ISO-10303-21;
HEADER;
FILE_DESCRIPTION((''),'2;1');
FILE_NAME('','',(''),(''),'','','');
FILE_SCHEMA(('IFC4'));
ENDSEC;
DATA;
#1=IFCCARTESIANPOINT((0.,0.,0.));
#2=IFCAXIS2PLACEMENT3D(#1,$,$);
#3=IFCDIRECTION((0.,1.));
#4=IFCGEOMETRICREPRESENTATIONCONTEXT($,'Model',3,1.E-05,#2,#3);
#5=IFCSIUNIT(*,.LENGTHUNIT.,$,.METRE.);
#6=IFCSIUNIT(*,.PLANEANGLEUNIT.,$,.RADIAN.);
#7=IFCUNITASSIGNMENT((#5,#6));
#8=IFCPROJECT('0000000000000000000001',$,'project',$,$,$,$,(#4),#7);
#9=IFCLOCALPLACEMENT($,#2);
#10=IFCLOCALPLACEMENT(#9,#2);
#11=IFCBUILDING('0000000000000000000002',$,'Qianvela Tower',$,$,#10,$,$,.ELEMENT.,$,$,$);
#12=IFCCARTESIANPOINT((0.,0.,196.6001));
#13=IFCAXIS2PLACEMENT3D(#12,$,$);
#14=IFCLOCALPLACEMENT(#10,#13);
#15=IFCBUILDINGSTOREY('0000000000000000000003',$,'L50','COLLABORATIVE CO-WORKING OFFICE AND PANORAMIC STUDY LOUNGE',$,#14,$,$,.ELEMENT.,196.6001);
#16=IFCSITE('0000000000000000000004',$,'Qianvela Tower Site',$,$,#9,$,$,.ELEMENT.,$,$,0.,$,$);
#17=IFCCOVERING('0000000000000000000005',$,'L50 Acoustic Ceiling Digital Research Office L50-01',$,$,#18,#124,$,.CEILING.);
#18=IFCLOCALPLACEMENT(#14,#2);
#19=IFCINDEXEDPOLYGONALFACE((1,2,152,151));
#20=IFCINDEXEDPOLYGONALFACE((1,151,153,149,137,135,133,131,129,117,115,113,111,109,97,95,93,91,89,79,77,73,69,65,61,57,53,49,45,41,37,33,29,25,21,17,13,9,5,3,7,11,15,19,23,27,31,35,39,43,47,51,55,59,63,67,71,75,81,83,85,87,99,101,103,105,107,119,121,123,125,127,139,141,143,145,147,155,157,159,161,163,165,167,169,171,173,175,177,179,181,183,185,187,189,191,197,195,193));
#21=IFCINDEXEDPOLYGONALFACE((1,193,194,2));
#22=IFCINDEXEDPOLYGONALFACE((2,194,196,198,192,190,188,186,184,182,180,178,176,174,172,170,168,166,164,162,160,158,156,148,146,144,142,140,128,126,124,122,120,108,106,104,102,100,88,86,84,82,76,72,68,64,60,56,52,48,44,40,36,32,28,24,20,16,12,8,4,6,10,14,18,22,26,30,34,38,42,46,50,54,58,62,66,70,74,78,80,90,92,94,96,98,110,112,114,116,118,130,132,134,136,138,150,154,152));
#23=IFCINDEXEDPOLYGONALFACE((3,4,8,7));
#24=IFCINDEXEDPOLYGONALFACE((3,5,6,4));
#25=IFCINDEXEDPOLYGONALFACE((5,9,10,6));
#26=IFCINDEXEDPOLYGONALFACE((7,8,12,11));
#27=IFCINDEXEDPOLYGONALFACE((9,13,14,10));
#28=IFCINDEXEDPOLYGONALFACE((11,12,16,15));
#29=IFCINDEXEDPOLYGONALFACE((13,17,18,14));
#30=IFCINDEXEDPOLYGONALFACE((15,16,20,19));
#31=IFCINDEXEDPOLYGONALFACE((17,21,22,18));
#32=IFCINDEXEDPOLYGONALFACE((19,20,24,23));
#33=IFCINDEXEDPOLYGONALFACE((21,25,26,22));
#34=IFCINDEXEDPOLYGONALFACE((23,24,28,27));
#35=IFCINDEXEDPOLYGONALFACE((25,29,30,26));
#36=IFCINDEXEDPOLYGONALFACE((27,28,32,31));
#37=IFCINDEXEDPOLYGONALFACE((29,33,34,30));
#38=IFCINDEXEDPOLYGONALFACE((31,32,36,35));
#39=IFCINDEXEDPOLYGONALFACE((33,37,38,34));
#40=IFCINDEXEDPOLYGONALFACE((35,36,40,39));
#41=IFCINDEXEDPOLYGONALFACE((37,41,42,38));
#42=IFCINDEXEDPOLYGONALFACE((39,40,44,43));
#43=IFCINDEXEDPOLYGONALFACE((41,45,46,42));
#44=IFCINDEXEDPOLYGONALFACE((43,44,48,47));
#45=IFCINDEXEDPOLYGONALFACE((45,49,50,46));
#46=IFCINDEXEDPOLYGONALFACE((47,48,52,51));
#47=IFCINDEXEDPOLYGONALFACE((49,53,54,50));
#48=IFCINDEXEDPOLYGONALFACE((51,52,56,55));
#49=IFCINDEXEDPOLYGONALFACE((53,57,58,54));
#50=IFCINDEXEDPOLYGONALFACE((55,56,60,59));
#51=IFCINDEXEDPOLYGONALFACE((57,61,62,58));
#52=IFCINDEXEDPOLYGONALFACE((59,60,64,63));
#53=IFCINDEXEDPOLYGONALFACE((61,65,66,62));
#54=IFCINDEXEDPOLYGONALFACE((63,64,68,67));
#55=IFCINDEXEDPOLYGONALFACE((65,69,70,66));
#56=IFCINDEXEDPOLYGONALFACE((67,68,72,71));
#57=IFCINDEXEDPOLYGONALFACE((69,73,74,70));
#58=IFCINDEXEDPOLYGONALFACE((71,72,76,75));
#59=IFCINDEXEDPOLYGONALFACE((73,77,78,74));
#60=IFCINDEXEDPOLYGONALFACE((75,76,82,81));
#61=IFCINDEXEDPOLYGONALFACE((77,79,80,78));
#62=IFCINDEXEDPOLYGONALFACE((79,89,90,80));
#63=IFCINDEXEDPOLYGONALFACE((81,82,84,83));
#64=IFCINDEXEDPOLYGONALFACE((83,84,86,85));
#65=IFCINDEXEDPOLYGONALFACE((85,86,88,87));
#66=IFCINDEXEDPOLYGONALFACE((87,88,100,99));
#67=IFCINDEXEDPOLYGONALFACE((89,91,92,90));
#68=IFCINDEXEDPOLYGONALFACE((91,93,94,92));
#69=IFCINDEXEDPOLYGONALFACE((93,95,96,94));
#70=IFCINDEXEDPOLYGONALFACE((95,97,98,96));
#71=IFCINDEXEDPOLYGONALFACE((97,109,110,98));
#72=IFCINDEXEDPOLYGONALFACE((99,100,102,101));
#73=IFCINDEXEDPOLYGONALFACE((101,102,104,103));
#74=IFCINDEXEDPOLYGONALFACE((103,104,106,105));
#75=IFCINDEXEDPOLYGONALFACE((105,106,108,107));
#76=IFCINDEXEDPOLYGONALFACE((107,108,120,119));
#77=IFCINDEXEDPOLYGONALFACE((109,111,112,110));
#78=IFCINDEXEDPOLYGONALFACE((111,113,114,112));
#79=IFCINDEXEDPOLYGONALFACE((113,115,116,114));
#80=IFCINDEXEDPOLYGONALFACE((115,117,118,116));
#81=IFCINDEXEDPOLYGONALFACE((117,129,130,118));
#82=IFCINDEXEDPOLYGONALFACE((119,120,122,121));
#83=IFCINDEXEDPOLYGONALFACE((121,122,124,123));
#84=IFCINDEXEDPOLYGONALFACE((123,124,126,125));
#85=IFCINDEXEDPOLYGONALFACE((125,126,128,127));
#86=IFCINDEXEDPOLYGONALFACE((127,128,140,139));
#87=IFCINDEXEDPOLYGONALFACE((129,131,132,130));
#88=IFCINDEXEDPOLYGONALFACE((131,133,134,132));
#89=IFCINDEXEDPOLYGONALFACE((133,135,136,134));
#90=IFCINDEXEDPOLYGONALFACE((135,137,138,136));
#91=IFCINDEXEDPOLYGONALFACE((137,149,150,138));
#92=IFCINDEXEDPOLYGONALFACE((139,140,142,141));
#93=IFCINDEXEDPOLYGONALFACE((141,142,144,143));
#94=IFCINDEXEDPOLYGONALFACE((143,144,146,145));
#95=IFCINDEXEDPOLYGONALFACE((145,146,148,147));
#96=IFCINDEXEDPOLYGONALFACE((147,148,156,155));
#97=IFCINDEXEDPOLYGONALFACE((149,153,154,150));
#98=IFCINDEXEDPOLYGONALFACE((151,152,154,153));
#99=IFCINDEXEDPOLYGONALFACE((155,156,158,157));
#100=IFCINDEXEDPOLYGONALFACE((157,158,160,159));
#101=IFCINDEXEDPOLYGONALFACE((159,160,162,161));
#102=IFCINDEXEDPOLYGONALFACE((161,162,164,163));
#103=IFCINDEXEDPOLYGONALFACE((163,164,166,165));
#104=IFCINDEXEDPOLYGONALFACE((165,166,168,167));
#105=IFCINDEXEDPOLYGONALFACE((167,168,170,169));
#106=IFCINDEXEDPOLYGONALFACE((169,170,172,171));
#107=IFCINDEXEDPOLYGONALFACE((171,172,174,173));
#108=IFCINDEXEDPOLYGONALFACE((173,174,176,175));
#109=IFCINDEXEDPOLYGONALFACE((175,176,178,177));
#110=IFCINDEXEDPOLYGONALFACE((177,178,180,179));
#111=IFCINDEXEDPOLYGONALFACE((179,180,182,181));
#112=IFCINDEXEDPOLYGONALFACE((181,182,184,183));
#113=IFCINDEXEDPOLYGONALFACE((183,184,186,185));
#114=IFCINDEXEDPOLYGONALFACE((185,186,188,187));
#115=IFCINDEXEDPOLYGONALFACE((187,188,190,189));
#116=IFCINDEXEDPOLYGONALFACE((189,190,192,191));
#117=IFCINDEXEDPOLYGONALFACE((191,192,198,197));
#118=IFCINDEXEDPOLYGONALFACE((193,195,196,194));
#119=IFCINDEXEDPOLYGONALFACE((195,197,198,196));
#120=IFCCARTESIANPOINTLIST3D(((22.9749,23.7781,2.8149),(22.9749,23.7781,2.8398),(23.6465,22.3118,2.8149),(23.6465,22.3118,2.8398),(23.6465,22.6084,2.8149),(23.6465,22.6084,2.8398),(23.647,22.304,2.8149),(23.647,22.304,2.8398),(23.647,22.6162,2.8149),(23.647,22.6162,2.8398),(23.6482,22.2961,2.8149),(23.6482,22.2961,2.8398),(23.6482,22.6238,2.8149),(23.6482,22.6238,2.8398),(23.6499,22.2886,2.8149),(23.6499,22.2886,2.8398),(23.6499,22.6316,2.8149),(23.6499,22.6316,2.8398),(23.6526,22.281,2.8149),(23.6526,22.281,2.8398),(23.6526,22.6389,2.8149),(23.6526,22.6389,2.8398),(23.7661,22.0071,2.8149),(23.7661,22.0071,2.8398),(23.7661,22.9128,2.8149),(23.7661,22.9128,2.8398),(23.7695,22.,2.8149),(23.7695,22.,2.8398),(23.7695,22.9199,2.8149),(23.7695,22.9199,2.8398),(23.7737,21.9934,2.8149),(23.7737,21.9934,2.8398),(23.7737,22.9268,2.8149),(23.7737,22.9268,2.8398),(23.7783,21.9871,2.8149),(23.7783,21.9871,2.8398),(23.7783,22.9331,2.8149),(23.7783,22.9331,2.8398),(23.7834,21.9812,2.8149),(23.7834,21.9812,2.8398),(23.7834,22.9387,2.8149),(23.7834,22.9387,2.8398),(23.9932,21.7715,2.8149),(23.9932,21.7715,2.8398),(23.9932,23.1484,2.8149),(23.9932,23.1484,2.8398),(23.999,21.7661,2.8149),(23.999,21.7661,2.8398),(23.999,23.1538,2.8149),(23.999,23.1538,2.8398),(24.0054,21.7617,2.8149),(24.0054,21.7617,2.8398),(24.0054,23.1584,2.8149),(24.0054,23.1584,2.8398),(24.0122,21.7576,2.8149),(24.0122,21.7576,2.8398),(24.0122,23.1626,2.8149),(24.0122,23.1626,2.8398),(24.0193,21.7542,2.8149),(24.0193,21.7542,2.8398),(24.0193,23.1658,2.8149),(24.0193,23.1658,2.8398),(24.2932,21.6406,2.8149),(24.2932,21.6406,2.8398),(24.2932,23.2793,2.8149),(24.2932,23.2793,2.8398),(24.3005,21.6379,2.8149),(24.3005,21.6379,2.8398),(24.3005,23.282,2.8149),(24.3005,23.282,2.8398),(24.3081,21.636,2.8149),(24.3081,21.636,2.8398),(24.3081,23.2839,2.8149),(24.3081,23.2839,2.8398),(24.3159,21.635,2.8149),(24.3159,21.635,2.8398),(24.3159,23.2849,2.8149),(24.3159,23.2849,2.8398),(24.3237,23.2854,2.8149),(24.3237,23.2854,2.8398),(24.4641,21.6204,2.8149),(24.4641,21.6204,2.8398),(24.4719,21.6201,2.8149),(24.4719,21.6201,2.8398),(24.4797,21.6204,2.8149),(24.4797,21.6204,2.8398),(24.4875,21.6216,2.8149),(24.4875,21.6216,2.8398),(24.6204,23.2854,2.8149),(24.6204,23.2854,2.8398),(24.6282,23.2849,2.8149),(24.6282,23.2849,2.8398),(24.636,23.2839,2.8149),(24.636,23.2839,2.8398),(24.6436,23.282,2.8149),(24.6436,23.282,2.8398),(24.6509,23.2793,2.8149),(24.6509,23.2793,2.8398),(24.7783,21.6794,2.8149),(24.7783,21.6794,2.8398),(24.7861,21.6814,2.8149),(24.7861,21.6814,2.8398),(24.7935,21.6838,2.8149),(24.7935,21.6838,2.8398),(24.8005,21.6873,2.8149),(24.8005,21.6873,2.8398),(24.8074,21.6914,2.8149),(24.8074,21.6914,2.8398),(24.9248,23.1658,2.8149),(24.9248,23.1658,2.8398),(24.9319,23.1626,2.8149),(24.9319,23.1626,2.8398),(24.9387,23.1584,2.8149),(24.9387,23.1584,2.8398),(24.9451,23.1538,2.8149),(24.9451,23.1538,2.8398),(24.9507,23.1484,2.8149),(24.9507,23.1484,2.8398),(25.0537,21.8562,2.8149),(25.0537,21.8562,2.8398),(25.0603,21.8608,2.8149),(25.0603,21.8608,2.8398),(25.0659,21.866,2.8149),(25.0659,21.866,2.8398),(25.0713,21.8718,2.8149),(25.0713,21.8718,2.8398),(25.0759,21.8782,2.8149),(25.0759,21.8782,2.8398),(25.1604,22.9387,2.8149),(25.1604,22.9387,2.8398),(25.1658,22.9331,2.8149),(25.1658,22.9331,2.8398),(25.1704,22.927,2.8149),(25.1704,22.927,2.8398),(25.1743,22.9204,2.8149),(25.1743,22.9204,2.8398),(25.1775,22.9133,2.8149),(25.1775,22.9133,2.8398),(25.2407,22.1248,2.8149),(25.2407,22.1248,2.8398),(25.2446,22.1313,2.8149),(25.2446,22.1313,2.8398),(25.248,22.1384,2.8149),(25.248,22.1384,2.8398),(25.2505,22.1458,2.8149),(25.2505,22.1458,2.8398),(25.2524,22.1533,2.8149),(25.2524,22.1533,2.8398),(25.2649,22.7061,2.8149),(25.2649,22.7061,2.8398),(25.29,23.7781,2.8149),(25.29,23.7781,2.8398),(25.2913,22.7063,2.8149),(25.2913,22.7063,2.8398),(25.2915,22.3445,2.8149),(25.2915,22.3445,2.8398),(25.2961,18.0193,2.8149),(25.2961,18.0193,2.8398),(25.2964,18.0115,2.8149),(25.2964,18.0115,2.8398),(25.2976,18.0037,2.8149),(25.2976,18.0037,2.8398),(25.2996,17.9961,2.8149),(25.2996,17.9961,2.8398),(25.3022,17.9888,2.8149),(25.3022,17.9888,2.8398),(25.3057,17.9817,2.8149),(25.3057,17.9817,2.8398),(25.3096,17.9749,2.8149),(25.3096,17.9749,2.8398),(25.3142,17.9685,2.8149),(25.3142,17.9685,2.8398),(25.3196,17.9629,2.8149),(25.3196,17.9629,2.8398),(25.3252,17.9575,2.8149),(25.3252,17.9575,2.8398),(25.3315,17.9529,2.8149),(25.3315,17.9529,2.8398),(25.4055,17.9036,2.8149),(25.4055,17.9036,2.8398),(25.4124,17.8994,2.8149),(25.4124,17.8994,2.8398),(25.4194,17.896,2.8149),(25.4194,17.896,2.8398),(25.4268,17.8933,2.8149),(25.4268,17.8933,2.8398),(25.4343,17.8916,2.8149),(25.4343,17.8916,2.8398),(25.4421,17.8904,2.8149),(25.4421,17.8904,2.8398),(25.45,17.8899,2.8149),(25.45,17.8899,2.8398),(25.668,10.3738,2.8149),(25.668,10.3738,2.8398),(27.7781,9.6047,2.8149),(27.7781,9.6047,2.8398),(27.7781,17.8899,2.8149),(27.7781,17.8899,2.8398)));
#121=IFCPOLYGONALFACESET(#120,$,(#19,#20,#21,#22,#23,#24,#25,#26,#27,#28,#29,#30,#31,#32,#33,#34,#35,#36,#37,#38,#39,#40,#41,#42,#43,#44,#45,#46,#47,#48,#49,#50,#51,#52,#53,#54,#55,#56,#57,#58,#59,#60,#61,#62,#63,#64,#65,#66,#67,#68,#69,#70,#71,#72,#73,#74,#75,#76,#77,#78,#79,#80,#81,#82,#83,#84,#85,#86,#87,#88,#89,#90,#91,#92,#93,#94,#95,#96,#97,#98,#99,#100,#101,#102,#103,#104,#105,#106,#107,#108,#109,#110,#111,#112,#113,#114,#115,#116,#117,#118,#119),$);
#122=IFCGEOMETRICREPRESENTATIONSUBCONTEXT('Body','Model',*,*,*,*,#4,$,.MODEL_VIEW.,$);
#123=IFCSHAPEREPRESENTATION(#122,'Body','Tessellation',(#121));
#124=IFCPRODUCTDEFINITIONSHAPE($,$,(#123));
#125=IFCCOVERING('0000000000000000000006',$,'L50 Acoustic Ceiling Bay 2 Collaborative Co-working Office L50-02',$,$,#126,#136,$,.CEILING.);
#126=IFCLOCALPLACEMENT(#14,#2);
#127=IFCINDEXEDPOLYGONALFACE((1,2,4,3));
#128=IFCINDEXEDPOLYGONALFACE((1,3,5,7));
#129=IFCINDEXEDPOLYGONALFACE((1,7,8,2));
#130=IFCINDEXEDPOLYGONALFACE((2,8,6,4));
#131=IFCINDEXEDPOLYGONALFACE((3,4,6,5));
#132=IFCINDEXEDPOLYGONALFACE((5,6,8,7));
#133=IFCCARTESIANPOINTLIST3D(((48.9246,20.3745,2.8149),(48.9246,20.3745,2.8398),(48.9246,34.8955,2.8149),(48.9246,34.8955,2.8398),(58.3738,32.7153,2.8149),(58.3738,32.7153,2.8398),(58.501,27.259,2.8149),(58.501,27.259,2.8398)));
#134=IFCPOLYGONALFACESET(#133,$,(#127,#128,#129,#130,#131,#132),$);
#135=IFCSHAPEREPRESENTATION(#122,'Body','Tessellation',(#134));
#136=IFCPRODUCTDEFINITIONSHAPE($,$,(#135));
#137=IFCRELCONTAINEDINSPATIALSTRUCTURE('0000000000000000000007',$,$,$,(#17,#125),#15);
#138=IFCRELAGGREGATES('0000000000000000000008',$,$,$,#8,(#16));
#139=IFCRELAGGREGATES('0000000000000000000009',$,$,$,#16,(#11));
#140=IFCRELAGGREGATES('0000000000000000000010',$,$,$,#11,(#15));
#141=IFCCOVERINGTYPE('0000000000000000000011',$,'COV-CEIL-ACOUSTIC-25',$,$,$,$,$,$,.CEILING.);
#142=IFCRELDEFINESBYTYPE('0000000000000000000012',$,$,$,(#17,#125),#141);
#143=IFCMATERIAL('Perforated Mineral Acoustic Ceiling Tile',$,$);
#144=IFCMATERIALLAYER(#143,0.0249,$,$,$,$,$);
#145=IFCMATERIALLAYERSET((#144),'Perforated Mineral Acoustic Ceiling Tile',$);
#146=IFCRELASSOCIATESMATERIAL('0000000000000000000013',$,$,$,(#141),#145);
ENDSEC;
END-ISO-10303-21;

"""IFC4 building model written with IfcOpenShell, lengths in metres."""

from ifc_helpers import new_model, si_unit, direction, frame, origin, place, context, subcontext, project, spatial, polyline, outline, extrude, material, layer, layer_set, type_object, element, save


model = new_model("IFC4")

# Units and contexts
model_context = context("Model", 3, precision=1e-05, world=origin(), true_north=direction((0.0, 1.0)))
body_context = subcontext(model_context, "Body", "Model", "MODEL_VIEW")
ifc_project = project(units=[si_unit("LENGTHUNIT", "METRE"), si_unit("PLANEANGLEUNIT", "RADIAN")], contexts=[model_context])

# Site, building, storey
site_placement = place(None, origin())
site = spatial("IfcSite", under=ifc_project, at=site_placement, Name="Qianvela Tower Site", CompositionType="ELEMENT", RefElevation=0.0)
building_placement = place(site_placement, origin())
building = spatial("IfcBuilding", under=site, at=building_placement, Name="Qianvela Tower", CompositionType="ELEMENT")
storey_placement = place(building_placement, frame((0.0, 0.0, 196.6001)))
storey = spatial("IfcBuildingStorey", under=building, at=storey_placement, Name="L50", Description="COLLABORATIVE CO-WORKING OFFICE AND PANORAMIC STUDY LOUNGE", CompositionType="ELEMENT", Elevation=196.6001)

# Coverings
ifc_material_1 = material(Name="Perforated Mineral Acoustic Ceiling Tile")
ifc_layer_1 = layer(ifc_material_1, 0.0249)
ifc_layer_set_1 = layer_set([ifc_layer_1], Name="Perforated Mineral Acoustic Ceiling Tile")
covering_type_1 = type_object("IfcCoveringType", Name="COV-CEIL-ACOUSTIC-25", PredefinedType="CEILING", material=ifc_layer_set_1)
covering_1_placement = place(storey_placement, frame((0.0, 0.0, 2.8149)))
element("IfcCovering", 1, at=covering_1_placement, inside=storey, type_object=covering_type_1, Name="L50 Acoustic Ceiling Digital Research Office L50-01", PredefinedType="CEILING", context=body_context, shape_type="SweptSolid", body=[
    extrude(outline(polyline([(25.2913, 22.7063), (25.2649, 22.7061), (25.1775, 22.9133), (25.1743, 22.9204), (25.1704, 22.927), (25.1658, 22.9331), (25.1604, 22.9387), (24.9507, 23.1484), (24.9451, 23.1538), (24.9387, 23.1584), (24.9319, 23.1626), (24.9248, 23.1658), (24.6509, 23.2793), (24.6436, 23.282), (24.636, 23.2839), (24.6282, 23.2849), (24.6204, 23.2854), (24.3237, 23.2854), (24.3159, 23.2849), (24.3081, 23.2839), (24.3005, 23.282), (24.2932, 23.2793), (24.0193, 23.1658), (24.0122, 23.1626), (24.0054, 23.1584), (23.999, 23.1538), (23.9932, 23.1484), (23.7834, 22.9387), (23.7783, 22.9331), (23.7737, 22.9268), (23.7695, 22.9199), (23.7661, 22.9128), (23.6526, 22.6389), (23.6499, 22.6316), (23.6482, 22.6238), (23.647, 22.6162), (23.6465, 22.6084), (23.6465, 22.3118), (23.647, 22.304), (23.6482, 22.2961), (23.6499, 22.2886), (23.6526, 22.281), (23.7661, 22.0071), (23.7695, 22.0), (23.7737, 21.9934), (23.7783, 21.9871), (23.7834, 21.9812), (23.9932, 21.7715), (23.999, 21.7661), (24.0054, 21.7617), (24.0122, 21.7576), (24.0193, 21.7542), (24.2932, 21.6406), (24.3005, 21.6379), (24.3081, 21.636), (24.3159, 21.635), (24.4641, 21.6204), (24.4719, 21.6201), (24.4797, 21.6204), (24.4875, 21.6216), (24.7783, 21.6794), (24.7861, 21.6814), (24.7935, 21.6838), (24.8005, 21.6873), (24.8074, 21.6914), (25.0537, 21.8562), (25.0603, 21.8608), (25.0659, 21.866), (25.0713, 21.8718), (25.0759, 21.8782), (25.2407, 22.1248), (25.2446, 22.1313), (25.248, 22.1384), (25.2505, 22.1458), (25.2524, 22.1533), (25.2915, 22.3445), (25.2961, 18.0193), (25.2964, 18.0115), (25.2976, 18.0037), (25.2996, 17.9961), (25.3022, 17.9888), (25.3057, 17.9817), (25.3096, 17.9749), (25.3142, 17.9685), (25.3196, 17.9629), (25.3252, 17.9575), (25.3315, 17.9529), (25.4055, 17.9036), (25.4124, 17.8994), (25.4194, 17.896), (25.4268, 17.8933), (25.4343, 17.8916), (25.4421, 17.8904), (25.45, 17.8899), (27.7781, 17.8899), (27.7781, 9.6047), (25.668, 10.3738), (22.9749, 23.7781), (25.29, 23.7781), (25.2913, 22.7063)])), origin(), (0.0, 0.0, 1.0), 0.0249),
])
covering_2_placement = place(storey_placement, frame((0.0, 0.0, 2.8149)))
element("IfcCovering", 2, at=covering_2_placement, inside=storey, type_object=covering_type_1, Name="L50 Acoustic Ceiling Bay 2 Collaborative Co-working Office L50-02", PredefinedType="CEILING", context=body_context, shape_type="SweptSolid", body=[
    extrude(outline(polyline([(58.3738, 32.7153), (58.501, 27.259), (48.9246, 20.3745), (48.9246, 34.8955), (58.3738, 32.7153)])), origin(), (0.0, 0.0, 1.0), 0.0249),
])

save(model, "model.ifc")
